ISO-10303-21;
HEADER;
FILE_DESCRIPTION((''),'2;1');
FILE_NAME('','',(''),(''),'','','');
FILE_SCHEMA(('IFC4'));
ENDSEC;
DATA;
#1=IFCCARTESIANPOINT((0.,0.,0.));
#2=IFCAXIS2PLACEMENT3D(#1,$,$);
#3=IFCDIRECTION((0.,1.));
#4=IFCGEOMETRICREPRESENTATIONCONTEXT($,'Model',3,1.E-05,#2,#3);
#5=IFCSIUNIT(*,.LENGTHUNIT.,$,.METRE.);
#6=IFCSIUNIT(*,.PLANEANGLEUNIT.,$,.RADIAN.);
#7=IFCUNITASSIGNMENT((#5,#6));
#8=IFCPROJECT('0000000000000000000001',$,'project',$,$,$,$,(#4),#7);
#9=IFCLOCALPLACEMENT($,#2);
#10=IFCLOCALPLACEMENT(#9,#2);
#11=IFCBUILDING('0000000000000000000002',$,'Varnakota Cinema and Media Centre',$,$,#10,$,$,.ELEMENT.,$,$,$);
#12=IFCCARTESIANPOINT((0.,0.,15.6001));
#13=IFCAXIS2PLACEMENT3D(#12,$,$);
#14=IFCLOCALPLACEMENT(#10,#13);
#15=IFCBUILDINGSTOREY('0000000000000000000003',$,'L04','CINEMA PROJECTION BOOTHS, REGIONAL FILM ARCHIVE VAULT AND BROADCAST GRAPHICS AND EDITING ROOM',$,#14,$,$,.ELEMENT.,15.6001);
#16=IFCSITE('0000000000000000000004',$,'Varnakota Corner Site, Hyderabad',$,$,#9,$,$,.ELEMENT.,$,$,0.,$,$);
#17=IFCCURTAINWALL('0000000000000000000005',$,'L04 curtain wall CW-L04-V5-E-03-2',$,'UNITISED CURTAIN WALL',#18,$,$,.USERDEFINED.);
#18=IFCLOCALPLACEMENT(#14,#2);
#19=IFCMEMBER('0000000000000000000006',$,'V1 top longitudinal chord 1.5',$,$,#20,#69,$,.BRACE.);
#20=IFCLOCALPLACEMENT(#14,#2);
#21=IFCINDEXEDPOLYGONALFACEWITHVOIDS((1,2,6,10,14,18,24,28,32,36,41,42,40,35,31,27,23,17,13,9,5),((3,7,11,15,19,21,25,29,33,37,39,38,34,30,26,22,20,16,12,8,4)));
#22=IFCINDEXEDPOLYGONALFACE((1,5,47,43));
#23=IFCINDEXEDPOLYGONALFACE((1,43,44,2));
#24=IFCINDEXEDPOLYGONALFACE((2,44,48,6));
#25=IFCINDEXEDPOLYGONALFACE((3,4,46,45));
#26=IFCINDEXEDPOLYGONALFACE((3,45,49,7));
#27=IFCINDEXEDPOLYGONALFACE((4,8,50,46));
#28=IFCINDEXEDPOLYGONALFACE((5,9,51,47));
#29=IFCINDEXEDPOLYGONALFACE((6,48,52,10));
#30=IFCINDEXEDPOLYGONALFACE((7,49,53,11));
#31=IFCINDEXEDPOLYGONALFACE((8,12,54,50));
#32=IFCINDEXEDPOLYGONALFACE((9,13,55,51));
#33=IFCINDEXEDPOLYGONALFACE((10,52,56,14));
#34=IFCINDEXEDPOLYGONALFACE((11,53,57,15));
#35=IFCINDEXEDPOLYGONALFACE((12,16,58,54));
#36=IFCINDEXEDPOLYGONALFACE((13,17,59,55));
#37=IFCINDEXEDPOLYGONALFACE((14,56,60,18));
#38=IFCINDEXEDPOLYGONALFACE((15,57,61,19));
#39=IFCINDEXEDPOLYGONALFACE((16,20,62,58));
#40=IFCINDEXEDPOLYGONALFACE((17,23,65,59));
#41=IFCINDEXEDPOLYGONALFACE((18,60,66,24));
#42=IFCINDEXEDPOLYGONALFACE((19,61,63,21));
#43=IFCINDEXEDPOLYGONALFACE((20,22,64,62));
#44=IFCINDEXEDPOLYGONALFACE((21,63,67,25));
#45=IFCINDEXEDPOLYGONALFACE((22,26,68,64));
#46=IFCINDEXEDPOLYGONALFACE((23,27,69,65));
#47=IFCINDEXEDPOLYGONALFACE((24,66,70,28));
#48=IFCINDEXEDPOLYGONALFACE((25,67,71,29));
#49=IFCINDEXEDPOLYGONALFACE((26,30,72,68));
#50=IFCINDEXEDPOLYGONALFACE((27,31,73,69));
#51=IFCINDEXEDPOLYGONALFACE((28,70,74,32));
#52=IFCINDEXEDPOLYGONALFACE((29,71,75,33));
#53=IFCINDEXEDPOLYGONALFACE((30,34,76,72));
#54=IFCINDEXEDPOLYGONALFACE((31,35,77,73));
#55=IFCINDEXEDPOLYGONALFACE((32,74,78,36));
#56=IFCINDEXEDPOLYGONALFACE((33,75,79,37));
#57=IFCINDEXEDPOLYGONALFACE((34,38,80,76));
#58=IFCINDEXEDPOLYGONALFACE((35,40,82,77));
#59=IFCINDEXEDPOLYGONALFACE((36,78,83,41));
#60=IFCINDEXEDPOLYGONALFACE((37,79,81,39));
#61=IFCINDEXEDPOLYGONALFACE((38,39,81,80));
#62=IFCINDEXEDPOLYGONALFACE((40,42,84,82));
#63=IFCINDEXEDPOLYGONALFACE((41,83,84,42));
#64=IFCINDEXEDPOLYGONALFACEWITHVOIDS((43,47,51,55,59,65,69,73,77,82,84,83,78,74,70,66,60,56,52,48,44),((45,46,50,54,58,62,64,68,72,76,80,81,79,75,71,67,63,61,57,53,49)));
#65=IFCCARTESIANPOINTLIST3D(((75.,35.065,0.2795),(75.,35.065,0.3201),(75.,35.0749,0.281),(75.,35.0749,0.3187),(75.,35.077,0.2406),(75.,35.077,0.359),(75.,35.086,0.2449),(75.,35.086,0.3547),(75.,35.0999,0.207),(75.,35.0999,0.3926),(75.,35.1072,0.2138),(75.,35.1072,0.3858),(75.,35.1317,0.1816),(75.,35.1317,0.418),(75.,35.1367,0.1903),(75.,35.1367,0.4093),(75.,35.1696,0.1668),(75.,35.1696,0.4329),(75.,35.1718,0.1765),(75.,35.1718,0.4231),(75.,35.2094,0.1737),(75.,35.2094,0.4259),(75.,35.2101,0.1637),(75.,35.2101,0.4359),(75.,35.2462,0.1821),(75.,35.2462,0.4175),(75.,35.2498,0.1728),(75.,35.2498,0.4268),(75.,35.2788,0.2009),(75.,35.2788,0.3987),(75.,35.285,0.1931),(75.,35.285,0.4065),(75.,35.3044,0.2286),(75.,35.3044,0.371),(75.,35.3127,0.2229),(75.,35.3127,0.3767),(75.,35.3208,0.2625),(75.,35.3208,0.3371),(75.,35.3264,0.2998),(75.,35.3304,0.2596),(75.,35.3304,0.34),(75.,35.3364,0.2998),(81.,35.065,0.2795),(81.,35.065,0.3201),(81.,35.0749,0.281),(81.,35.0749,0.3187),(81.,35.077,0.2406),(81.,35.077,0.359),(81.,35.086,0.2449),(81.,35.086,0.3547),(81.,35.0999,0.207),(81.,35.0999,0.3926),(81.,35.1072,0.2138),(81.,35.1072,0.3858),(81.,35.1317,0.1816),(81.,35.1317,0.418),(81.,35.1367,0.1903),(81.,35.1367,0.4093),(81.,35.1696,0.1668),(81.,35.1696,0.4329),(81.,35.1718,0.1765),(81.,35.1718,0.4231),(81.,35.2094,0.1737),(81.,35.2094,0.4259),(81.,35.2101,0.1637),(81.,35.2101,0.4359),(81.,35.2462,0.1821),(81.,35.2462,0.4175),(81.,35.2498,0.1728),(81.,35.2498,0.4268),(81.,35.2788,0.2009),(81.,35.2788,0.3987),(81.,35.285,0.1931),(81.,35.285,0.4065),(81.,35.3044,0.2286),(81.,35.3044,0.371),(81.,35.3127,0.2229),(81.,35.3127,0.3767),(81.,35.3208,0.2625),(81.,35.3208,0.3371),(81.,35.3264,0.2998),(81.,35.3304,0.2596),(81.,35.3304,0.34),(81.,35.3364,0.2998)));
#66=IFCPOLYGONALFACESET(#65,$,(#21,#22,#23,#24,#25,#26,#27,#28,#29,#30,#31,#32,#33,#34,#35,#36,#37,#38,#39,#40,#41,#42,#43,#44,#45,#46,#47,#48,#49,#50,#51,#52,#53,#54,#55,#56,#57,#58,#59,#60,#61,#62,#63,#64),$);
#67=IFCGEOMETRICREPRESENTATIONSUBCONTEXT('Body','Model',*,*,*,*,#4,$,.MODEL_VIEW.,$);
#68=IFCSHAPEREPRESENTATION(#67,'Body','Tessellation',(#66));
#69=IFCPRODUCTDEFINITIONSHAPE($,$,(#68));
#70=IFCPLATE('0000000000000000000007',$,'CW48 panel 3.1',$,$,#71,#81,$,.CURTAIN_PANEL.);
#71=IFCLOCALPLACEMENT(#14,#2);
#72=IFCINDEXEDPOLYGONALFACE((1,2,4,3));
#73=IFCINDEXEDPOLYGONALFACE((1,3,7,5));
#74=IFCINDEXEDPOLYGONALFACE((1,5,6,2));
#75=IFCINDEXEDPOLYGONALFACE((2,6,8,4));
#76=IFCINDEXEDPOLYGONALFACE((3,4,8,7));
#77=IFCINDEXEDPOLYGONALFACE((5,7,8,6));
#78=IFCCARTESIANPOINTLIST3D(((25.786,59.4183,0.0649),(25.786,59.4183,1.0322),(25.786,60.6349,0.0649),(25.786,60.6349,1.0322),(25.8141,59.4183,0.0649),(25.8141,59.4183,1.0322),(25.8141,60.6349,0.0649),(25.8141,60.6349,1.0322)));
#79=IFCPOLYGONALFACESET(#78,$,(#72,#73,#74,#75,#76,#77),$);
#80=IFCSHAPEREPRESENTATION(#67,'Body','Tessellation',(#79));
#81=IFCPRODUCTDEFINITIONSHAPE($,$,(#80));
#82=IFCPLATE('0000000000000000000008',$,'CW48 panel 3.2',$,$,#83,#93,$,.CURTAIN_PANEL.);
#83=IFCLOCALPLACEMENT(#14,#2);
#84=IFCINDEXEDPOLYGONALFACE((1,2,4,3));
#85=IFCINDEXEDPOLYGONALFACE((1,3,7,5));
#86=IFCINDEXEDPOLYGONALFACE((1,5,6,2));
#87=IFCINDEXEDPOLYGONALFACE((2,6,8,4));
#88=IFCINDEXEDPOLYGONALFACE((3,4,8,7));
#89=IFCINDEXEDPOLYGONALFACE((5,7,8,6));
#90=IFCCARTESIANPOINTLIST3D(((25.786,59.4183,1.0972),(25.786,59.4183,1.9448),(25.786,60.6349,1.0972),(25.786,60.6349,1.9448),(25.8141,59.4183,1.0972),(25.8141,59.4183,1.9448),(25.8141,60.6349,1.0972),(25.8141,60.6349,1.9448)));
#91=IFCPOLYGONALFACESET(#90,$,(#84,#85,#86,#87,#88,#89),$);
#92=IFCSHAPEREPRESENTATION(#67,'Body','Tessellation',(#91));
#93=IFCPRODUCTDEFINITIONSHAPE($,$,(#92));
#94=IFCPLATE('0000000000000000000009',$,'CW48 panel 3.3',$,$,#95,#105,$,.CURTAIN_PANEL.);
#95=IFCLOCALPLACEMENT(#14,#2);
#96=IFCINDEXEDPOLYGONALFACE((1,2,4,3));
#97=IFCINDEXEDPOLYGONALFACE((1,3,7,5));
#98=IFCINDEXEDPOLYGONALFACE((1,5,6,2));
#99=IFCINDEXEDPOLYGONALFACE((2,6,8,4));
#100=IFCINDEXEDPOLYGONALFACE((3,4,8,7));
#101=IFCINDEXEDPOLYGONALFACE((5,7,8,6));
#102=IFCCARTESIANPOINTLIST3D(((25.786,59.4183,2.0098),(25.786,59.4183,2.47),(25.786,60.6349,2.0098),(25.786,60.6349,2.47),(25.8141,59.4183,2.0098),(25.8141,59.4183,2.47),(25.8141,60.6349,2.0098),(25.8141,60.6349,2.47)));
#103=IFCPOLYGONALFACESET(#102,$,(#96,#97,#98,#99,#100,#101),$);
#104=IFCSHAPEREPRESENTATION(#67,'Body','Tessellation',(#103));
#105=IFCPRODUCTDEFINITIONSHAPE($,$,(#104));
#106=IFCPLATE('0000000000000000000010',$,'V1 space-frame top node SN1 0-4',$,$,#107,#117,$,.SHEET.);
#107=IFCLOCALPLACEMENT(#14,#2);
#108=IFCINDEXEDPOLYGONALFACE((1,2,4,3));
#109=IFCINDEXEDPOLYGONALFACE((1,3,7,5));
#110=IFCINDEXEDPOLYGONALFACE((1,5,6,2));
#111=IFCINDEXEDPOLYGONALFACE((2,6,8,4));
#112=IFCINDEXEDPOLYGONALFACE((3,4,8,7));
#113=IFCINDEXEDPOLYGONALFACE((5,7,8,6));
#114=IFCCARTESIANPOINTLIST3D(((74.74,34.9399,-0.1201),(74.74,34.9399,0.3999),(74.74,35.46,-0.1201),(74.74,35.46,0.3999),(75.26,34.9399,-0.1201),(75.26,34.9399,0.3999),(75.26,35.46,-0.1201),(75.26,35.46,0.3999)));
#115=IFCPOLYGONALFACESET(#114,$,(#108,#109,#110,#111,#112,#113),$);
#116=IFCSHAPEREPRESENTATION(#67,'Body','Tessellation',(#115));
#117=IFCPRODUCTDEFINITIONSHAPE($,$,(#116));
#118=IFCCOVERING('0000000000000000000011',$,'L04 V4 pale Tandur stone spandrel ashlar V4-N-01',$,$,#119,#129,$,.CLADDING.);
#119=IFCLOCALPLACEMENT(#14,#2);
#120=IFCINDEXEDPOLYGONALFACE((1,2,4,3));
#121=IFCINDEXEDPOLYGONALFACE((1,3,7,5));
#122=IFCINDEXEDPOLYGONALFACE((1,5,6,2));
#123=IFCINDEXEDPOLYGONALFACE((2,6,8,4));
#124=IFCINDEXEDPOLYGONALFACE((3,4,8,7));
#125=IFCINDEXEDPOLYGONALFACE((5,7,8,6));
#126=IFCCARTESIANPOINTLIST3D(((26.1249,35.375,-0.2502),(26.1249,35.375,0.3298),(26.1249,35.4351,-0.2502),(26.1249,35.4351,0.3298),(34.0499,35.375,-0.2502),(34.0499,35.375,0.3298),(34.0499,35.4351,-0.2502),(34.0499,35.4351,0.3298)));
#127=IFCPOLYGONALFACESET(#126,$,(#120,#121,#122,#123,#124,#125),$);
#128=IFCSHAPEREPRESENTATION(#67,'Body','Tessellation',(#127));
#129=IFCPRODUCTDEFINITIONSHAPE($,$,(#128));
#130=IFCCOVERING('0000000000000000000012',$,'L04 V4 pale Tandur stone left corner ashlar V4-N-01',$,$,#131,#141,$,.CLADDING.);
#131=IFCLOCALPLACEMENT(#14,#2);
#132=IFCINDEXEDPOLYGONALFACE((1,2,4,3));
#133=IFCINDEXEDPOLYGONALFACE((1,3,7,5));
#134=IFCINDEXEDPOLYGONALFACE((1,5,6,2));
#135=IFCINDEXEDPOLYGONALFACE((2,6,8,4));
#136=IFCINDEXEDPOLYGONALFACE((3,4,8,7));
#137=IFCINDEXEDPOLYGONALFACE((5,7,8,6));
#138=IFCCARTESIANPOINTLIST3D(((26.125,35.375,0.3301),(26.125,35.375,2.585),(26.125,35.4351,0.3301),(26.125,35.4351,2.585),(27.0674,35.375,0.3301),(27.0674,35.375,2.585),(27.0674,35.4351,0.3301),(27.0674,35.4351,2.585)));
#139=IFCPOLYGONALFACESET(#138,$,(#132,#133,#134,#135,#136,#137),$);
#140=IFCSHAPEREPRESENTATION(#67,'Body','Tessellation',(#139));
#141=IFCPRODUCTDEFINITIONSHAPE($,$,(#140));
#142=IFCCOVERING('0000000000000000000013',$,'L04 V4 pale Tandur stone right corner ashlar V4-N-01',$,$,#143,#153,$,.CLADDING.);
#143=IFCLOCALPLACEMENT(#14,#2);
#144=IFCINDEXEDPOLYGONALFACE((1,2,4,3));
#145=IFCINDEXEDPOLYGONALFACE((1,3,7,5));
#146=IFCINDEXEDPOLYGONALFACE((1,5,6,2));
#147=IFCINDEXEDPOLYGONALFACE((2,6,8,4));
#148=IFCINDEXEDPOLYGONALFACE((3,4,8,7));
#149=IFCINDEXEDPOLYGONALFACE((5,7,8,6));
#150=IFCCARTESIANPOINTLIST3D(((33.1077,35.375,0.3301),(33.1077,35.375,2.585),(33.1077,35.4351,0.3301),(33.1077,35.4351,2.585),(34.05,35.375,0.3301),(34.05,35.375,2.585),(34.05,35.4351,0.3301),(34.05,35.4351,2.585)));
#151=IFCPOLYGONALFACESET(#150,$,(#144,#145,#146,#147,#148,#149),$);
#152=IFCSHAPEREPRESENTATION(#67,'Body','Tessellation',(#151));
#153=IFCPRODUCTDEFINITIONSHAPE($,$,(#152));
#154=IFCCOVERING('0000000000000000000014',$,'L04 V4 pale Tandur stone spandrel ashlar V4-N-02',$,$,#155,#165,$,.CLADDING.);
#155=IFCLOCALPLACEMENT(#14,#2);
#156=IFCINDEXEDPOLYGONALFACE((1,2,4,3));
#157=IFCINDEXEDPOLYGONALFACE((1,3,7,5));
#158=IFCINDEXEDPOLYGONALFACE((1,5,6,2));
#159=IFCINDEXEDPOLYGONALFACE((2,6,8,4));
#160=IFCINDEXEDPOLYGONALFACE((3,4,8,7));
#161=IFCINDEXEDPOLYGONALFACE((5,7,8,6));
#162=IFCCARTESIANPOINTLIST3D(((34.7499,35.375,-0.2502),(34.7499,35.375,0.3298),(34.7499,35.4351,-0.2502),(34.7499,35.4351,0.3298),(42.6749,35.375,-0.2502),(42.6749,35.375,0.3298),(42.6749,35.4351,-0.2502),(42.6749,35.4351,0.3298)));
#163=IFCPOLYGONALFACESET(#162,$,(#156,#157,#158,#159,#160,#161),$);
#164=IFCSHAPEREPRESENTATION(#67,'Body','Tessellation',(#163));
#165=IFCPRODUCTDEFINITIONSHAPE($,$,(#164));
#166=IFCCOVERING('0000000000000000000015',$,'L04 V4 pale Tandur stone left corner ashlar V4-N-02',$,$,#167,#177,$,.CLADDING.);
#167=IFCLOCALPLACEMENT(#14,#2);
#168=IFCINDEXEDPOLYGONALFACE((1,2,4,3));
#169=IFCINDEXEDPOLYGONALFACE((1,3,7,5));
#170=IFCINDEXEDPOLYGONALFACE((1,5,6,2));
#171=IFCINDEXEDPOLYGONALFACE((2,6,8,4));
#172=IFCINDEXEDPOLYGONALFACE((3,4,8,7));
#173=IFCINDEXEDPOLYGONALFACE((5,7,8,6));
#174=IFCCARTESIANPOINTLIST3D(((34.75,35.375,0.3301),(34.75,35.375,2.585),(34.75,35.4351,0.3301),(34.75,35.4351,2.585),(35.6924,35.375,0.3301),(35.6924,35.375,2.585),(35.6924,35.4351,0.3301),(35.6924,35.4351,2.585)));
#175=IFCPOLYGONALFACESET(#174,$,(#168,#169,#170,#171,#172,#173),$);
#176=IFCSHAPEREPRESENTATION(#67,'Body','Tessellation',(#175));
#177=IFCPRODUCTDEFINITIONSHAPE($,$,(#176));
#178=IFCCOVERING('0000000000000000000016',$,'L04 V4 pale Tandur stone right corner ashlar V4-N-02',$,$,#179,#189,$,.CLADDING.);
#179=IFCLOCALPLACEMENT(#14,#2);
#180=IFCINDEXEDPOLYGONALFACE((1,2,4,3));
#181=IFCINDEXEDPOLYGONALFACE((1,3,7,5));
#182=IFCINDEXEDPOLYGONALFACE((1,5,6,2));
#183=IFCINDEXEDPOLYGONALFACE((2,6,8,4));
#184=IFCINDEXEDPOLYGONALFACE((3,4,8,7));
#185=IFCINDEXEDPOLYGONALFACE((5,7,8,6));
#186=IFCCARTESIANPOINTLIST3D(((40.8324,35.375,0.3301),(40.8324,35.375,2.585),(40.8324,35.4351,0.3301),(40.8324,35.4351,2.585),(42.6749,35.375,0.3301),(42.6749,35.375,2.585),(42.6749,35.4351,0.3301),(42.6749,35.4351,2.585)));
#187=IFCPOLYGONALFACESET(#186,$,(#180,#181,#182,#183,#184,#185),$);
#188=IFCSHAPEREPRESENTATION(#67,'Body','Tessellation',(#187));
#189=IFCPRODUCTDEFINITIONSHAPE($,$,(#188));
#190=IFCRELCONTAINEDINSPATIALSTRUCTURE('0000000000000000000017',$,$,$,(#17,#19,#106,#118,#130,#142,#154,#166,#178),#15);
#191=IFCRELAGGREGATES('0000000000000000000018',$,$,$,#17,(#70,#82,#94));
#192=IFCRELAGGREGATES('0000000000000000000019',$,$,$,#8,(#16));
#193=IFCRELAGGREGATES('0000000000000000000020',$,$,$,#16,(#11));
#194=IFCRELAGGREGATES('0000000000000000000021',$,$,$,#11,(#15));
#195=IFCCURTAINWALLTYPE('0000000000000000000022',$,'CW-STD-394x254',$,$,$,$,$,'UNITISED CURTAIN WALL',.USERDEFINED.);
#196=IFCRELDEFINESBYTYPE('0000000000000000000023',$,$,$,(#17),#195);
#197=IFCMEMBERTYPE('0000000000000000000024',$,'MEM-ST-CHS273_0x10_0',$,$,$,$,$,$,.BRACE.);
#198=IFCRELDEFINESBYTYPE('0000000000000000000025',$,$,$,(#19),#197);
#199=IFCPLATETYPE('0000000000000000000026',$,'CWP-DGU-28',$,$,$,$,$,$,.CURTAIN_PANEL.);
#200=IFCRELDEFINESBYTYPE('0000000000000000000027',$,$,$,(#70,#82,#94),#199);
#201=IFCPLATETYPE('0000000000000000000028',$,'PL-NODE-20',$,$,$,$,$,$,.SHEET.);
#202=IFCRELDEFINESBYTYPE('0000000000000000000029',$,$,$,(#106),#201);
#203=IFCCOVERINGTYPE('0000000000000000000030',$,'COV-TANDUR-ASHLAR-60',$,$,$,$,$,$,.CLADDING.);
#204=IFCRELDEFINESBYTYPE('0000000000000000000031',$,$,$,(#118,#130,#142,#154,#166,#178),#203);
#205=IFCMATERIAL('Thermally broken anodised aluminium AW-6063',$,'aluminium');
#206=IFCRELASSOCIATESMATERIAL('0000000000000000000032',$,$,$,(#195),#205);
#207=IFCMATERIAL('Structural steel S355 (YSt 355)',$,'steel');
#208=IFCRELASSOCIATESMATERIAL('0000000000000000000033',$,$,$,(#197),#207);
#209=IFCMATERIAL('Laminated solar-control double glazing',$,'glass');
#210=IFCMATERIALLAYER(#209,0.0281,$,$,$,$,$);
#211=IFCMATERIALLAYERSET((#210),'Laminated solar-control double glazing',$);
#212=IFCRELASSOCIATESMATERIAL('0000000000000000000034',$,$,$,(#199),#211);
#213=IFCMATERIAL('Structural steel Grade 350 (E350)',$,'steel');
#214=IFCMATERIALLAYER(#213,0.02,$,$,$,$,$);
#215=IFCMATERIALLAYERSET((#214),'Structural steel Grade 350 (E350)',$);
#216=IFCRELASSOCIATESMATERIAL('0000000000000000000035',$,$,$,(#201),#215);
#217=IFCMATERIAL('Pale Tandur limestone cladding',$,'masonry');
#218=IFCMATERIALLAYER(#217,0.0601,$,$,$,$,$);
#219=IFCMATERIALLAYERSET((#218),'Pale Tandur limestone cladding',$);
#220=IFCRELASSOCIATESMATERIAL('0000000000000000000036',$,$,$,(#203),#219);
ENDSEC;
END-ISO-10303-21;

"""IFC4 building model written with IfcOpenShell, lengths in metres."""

from ifc_helpers import new_model, si_unit, direction, frame, origin, origin_2d, place, context, subcontext, project, spatial, rectangle, hollow_circle, extrude, material, layer, layer_set, material_profile, profile_set, type_object, element, aggregate, save


model = new_model("IFC4")

# Units and contexts
model_context = context("Model", 3, precision=1e-05, world=origin(), true_north=direction((0.0, 1.0)))
body_context = subcontext(model_context, "Body", "Model", "MODEL_VIEW")
ifc_project = project(units=[si_unit("LENGTHUNIT", "METRE"), si_unit("PLANEANGLEUNIT", "RADIAN")], contexts=[model_context])

# Site, building, storey
site_placement = place(None, origin())
site = spatial("IfcSite", under=ifc_project, at=site_placement, Name="Varnakota Corner Site, Hyderabad", CompositionType="ELEMENT", RefElevation=0.0)
building_placement = place(site_placement, origin())
building = spatial("IfcBuilding", under=site, at=building_placement, Name="Varnakota Cinema and Media Centre", CompositionType="ELEMENT")
storey_placement = place(building_placement, frame((0.0, 0.0, 15.6001)))
storey = spatial("IfcBuildingStorey", under=building, at=storey_placement, Name="L04", Description="CINEMA PROJECTION BOOTHS, REGIONAL FILM ARCHIVE VAULT AND BROADCAST GRAPHICS AND EDITING ROOM", CompositionType="ELEMENT", Elevation=15.6001)

# Curtain wall
ifc_material_1 = material(Name="Thermally broken anodised aluminium AW-6063", Category="aluminium")
curtain_wall_type = type_object("IfcCurtainWallType", Name="CW-STD-394x254", ElementType="UNITISED CURTAIN WALL", PredefinedType="USERDEFINED", material=ifc_material_1)
curtain_wall_placement = place(storey_placement, origin())
curtain_wall = element("IfcCurtainWall", 1, at=curtain_wall_placement, inside=storey, type_object=curtain_wall_type, Name="L04 curtain wall CW-L04-V5-E-03-2", ObjectType="UNITISED CURTAIN WALL", PredefinedType="USERDEFINED")

# Member
ifc_material_2 = material(Name="Structural steel S355 (YSt 355)", Category="steel")
ifc_material_profile_1 = material_profile(ifc_material_2, hollow_circle(Radius=0.1365, WallThickness=0.01, at=origin_2d()), Name="CHS 273.0x10.0")
ifc_profile_set_1 = profile_set([ifc_material_profile_1], Name="Structural steel S355 (YSt 355)")
member_type_1 = type_object("IfcMemberType", Name="MEM-ST-CHS273_0x10_0", PredefinedType="BRACE", material=ifc_profile_set_1)
member_1_placement = place(storey_placement, frame((75.0, 35.2, 0.2998), z_axis=(1.0, 0.0, 0.0), x_axis=(0.0, 1.0, 0.0)))
element("IfcMember", 2, at=member_1_placement, inside=storey, type_object=member_type_1, Name="V1 top longitudinal chord 1.5", PredefinedType="BRACE", context=body_context, shape_type="SweptSolid", body=[
    extrude(hollow_circle(Radius=0.1365, WallThickness=0.01, at=origin_2d()), origin(), (0.0, 0.0, 1.0), 6.0),
])

# Plates
ifc_material_3 = material(Name="Laminated solar-control double glazing", Category="glass")
ifc_layer_1 = layer(ifc_material_3, 0.0281)
ifc_layer_set_1 = layer_set([ifc_layer_1], Name="Laminated solar-control double glazing")
plate_type_1 = type_object("IfcPlateType", Name="CWP-DGU-28", PredefinedType="CURTAIN_PANEL", material=ifc_layer_set_1)
plate_1_placement = place(storey_placement, frame((25.8, 60.0266, 0.0649), z_axis=(0.0, 0.0, 1.0), x_axis=(0.0, 1.0, 0.0)))
plate_1 = element("IfcPlate", 3, at=plate_1_placement, type_object=plate_type_1, Name="CW48 panel 3.1", PredefinedType="CURTAIN_PANEL", context=body_context, shape_type="SweptSolid", body=[
    extrude(rectangle(XDim=1.2166, YDim=0.0281, at=origin_2d()), origin(), (0.0, 0.0, 1.0), 0.9673),
])
plate_2_placement = place(storey_placement, frame((25.8, 60.0266, 1.0972), z_axis=(0.0, 0.0, 1.0), x_axis=(0.0, 1.0, 0.0)))
plate_2 = element("IfcPlate", 4, at=plate_2_placement, type_object=plate_type_1, Name="CW48 panel 3.2", PredefinedType="CURTAIN_PANEL", context=body_context, shape_type="SweptSolid", body=[
    extrude(rectangle(XDim=1.2166, YDim=0.0281, at=origin_2d()), origin(), (0.0, 0.0, 1.0), 0.8477),
])
plate_3_placement = place(storey_placement, frame((25.8, 60.0266, 2.0098), z_axis=(0.0, 0.0, 1.0), x_axis=(0.0, 1.0, 0.0)))
plate_3 = element("IfcPlate", 5, at=plate_3_placement, type_object=plate_type_1, Name="CW48 panel 3.3", PredefinedType="CURTAIN_PANEL", context=body_context, shape_type="SweptSolid", body=[
    extrude(rectangle(XDim=1.2166, YDim=0.0281, at=origin_2d()), origin(), (0.0, 0.0, 1.0), 0.4602),
])
aggregate(curtain_wall, [plate_1, plate_2, plate_3])
ifc_material_4 = material(Name="Structural steel Grade 350 (E350)", Category="steel")
ifc_layer_2 = layer(ifc_material_4, 0.02)
ifc_layer_set_2 = layer_set([ifc_layer_2], Name="Structural steel Grade 350 (E350)")
plate_type_2 = type_object("IfcPlateType", Name="PL-NODE-20", PredefinedType="SHEET", material=ifc_layer_set_2)
plate_4_placement = place(storey_placement, frame((75.0, 35.2, -0.1201), z_axis=(0.0, 0.0, 1.0), x_axis=(1.0, 0.0, 0.0)))
element("IfcPlate", 6, at=plate_4_placement, inside=storey, type_object=plate_type_2, Name="V1 space-frame top node SN1 0-4", PredefinedType="SHEET", context=body_context, shape_type="SweptSolid", body=[
    extrude(rectangle(XDim=0.52, YDim=0.52, at=origin_2d()), origin(), (0.0, 0.0, 1.0), 0.52),
])

# Coverings
ifc_material_5 = material(Name="Pale Tandur limestone cladding", Category="masonry")
ifc_layer_3 = layer(ifc_material_5, 0.0601)
ifc_layer_set_3 = layer_set([ifc_layer_3], Name="Pale Tandur limestone cladding")
covering_type = type_object("IfcCoveringType", Name="COV-TANDUR-ASHLAR-60", PredefinedType="CLADDING", material=ifc_layer_set_3)
covering_1_placement = place(storey_placement, frame((30.0874, 35.405, -0.2502), z_axis=(0.0, 0.0, 1.0), x_axis=(1.0, 0.0, 0.0)))
element("IfcCovering", 7, at=covering_1_placement, inside=storey, type_object=covering_type, Name="L04 V4 pale Tandur stone spandrel ashlar V4-N-01", PredefinedType="CLADDING", context=body_context, shape_type="SweptSolid", body=[
    extrude(rectangle(XDim=7.925, YDim=0.0601, at=origin_2d()), origin(), (0.0, 0.0, 1.0), 0.5801),
])
for number, where, z_axis, x_axis, name in (
    (8, (26.5962, 35.405, 0.3301), (0.0, 0.0, 1.0), (1.0, 0.0, 0.0), "L04 V4 pale Tandur stone left corner ashlar V4-N-01"),
    (9, (33.5789, 35.405, 0.3301), (0.0, 0.0, 1.0), (1.0, 0.0, 0.0), "L04 V4 pale Tandur stone right corner ashlar V4-N-01"),
):
    element("IfcCovering", number, at=place(storey_placement, frame(where, z_axis=z_axis, x_axis=x_axis)), inside=storey, type_object=covering_type, Name=name, PredefinedType="CLADDING", context=body_context, shape_type="SweptSolid", body=[
        extrude(rectangle(XDim=0.9424, YDim=0.0601, at=origin_2d()), origin(), (0.0, 0.0, 1.0), 2.2549),
    ])
covering_2_placement = place(storey_placement, frame((38.7124, 35.405, -0.2502), z_axis=(0.0, 0.0, 1.0), x_axis=(1.0, 0.0, 0.0)))
element("IfcCovering", 10, at=covering_2_placement, inside=storey, type_object=covering_type, Name="L04 V4 pale Tandur stone spandrel ashlar V4-N-02", PredefinedType="CLADDING", context=body_context, shape_type="SweptSolid", body=[
    extrude(rectangle(XDim=7.925, YDim=0.0601, at=origin_2d()), origin(), (0.0, 0.0, 1.0), 0.5801),
])
covering_3_placement = place(storey_placement, frame((35.2212, 35.405, 0.3301), z_axis=(0.0, 0.0, 1.0), x_axis=(1.0, 0.0, 0.0)))
element("IfcCovering", 11, at=covering_3_placement, inside=storey, type_object=covering_type, Name="L04 V4 pale Tandur stone left corner ashlar V4-N-02", PredefinedType="CLADDING", context=body_context, shape_type="SweptSolid", body=[
    extrude(rectangle(XDim=0.9424, YDim=0.0601, at=origin_2d()), origin(), (0.0, 0.0, 1.0), 2.2549),
])
covering_4_placement = place(storey_placement, frame((41.7537, 35.405, 0.3301), z_axis=(0.0, 0.0, 1.0), x_axis=(1.0, 0.0, 0.0)))
element("IfcCovering", 12, at=covering_4_placement, inside=storey, type_object=covering_type, Name="L04 V4 pale Tandur stone right corner ashlar V4-N-02", PredefinedType="CLADDING", context=body_context, shape_type="SweptSolid", body=[
    extrude(rectangle(XDim=1.8425, YDim=0.0601, at=origin_2d()), origin(), (0.0, 0.0, 1.0), 2.2549),
])

save(model, "model.ifc")
